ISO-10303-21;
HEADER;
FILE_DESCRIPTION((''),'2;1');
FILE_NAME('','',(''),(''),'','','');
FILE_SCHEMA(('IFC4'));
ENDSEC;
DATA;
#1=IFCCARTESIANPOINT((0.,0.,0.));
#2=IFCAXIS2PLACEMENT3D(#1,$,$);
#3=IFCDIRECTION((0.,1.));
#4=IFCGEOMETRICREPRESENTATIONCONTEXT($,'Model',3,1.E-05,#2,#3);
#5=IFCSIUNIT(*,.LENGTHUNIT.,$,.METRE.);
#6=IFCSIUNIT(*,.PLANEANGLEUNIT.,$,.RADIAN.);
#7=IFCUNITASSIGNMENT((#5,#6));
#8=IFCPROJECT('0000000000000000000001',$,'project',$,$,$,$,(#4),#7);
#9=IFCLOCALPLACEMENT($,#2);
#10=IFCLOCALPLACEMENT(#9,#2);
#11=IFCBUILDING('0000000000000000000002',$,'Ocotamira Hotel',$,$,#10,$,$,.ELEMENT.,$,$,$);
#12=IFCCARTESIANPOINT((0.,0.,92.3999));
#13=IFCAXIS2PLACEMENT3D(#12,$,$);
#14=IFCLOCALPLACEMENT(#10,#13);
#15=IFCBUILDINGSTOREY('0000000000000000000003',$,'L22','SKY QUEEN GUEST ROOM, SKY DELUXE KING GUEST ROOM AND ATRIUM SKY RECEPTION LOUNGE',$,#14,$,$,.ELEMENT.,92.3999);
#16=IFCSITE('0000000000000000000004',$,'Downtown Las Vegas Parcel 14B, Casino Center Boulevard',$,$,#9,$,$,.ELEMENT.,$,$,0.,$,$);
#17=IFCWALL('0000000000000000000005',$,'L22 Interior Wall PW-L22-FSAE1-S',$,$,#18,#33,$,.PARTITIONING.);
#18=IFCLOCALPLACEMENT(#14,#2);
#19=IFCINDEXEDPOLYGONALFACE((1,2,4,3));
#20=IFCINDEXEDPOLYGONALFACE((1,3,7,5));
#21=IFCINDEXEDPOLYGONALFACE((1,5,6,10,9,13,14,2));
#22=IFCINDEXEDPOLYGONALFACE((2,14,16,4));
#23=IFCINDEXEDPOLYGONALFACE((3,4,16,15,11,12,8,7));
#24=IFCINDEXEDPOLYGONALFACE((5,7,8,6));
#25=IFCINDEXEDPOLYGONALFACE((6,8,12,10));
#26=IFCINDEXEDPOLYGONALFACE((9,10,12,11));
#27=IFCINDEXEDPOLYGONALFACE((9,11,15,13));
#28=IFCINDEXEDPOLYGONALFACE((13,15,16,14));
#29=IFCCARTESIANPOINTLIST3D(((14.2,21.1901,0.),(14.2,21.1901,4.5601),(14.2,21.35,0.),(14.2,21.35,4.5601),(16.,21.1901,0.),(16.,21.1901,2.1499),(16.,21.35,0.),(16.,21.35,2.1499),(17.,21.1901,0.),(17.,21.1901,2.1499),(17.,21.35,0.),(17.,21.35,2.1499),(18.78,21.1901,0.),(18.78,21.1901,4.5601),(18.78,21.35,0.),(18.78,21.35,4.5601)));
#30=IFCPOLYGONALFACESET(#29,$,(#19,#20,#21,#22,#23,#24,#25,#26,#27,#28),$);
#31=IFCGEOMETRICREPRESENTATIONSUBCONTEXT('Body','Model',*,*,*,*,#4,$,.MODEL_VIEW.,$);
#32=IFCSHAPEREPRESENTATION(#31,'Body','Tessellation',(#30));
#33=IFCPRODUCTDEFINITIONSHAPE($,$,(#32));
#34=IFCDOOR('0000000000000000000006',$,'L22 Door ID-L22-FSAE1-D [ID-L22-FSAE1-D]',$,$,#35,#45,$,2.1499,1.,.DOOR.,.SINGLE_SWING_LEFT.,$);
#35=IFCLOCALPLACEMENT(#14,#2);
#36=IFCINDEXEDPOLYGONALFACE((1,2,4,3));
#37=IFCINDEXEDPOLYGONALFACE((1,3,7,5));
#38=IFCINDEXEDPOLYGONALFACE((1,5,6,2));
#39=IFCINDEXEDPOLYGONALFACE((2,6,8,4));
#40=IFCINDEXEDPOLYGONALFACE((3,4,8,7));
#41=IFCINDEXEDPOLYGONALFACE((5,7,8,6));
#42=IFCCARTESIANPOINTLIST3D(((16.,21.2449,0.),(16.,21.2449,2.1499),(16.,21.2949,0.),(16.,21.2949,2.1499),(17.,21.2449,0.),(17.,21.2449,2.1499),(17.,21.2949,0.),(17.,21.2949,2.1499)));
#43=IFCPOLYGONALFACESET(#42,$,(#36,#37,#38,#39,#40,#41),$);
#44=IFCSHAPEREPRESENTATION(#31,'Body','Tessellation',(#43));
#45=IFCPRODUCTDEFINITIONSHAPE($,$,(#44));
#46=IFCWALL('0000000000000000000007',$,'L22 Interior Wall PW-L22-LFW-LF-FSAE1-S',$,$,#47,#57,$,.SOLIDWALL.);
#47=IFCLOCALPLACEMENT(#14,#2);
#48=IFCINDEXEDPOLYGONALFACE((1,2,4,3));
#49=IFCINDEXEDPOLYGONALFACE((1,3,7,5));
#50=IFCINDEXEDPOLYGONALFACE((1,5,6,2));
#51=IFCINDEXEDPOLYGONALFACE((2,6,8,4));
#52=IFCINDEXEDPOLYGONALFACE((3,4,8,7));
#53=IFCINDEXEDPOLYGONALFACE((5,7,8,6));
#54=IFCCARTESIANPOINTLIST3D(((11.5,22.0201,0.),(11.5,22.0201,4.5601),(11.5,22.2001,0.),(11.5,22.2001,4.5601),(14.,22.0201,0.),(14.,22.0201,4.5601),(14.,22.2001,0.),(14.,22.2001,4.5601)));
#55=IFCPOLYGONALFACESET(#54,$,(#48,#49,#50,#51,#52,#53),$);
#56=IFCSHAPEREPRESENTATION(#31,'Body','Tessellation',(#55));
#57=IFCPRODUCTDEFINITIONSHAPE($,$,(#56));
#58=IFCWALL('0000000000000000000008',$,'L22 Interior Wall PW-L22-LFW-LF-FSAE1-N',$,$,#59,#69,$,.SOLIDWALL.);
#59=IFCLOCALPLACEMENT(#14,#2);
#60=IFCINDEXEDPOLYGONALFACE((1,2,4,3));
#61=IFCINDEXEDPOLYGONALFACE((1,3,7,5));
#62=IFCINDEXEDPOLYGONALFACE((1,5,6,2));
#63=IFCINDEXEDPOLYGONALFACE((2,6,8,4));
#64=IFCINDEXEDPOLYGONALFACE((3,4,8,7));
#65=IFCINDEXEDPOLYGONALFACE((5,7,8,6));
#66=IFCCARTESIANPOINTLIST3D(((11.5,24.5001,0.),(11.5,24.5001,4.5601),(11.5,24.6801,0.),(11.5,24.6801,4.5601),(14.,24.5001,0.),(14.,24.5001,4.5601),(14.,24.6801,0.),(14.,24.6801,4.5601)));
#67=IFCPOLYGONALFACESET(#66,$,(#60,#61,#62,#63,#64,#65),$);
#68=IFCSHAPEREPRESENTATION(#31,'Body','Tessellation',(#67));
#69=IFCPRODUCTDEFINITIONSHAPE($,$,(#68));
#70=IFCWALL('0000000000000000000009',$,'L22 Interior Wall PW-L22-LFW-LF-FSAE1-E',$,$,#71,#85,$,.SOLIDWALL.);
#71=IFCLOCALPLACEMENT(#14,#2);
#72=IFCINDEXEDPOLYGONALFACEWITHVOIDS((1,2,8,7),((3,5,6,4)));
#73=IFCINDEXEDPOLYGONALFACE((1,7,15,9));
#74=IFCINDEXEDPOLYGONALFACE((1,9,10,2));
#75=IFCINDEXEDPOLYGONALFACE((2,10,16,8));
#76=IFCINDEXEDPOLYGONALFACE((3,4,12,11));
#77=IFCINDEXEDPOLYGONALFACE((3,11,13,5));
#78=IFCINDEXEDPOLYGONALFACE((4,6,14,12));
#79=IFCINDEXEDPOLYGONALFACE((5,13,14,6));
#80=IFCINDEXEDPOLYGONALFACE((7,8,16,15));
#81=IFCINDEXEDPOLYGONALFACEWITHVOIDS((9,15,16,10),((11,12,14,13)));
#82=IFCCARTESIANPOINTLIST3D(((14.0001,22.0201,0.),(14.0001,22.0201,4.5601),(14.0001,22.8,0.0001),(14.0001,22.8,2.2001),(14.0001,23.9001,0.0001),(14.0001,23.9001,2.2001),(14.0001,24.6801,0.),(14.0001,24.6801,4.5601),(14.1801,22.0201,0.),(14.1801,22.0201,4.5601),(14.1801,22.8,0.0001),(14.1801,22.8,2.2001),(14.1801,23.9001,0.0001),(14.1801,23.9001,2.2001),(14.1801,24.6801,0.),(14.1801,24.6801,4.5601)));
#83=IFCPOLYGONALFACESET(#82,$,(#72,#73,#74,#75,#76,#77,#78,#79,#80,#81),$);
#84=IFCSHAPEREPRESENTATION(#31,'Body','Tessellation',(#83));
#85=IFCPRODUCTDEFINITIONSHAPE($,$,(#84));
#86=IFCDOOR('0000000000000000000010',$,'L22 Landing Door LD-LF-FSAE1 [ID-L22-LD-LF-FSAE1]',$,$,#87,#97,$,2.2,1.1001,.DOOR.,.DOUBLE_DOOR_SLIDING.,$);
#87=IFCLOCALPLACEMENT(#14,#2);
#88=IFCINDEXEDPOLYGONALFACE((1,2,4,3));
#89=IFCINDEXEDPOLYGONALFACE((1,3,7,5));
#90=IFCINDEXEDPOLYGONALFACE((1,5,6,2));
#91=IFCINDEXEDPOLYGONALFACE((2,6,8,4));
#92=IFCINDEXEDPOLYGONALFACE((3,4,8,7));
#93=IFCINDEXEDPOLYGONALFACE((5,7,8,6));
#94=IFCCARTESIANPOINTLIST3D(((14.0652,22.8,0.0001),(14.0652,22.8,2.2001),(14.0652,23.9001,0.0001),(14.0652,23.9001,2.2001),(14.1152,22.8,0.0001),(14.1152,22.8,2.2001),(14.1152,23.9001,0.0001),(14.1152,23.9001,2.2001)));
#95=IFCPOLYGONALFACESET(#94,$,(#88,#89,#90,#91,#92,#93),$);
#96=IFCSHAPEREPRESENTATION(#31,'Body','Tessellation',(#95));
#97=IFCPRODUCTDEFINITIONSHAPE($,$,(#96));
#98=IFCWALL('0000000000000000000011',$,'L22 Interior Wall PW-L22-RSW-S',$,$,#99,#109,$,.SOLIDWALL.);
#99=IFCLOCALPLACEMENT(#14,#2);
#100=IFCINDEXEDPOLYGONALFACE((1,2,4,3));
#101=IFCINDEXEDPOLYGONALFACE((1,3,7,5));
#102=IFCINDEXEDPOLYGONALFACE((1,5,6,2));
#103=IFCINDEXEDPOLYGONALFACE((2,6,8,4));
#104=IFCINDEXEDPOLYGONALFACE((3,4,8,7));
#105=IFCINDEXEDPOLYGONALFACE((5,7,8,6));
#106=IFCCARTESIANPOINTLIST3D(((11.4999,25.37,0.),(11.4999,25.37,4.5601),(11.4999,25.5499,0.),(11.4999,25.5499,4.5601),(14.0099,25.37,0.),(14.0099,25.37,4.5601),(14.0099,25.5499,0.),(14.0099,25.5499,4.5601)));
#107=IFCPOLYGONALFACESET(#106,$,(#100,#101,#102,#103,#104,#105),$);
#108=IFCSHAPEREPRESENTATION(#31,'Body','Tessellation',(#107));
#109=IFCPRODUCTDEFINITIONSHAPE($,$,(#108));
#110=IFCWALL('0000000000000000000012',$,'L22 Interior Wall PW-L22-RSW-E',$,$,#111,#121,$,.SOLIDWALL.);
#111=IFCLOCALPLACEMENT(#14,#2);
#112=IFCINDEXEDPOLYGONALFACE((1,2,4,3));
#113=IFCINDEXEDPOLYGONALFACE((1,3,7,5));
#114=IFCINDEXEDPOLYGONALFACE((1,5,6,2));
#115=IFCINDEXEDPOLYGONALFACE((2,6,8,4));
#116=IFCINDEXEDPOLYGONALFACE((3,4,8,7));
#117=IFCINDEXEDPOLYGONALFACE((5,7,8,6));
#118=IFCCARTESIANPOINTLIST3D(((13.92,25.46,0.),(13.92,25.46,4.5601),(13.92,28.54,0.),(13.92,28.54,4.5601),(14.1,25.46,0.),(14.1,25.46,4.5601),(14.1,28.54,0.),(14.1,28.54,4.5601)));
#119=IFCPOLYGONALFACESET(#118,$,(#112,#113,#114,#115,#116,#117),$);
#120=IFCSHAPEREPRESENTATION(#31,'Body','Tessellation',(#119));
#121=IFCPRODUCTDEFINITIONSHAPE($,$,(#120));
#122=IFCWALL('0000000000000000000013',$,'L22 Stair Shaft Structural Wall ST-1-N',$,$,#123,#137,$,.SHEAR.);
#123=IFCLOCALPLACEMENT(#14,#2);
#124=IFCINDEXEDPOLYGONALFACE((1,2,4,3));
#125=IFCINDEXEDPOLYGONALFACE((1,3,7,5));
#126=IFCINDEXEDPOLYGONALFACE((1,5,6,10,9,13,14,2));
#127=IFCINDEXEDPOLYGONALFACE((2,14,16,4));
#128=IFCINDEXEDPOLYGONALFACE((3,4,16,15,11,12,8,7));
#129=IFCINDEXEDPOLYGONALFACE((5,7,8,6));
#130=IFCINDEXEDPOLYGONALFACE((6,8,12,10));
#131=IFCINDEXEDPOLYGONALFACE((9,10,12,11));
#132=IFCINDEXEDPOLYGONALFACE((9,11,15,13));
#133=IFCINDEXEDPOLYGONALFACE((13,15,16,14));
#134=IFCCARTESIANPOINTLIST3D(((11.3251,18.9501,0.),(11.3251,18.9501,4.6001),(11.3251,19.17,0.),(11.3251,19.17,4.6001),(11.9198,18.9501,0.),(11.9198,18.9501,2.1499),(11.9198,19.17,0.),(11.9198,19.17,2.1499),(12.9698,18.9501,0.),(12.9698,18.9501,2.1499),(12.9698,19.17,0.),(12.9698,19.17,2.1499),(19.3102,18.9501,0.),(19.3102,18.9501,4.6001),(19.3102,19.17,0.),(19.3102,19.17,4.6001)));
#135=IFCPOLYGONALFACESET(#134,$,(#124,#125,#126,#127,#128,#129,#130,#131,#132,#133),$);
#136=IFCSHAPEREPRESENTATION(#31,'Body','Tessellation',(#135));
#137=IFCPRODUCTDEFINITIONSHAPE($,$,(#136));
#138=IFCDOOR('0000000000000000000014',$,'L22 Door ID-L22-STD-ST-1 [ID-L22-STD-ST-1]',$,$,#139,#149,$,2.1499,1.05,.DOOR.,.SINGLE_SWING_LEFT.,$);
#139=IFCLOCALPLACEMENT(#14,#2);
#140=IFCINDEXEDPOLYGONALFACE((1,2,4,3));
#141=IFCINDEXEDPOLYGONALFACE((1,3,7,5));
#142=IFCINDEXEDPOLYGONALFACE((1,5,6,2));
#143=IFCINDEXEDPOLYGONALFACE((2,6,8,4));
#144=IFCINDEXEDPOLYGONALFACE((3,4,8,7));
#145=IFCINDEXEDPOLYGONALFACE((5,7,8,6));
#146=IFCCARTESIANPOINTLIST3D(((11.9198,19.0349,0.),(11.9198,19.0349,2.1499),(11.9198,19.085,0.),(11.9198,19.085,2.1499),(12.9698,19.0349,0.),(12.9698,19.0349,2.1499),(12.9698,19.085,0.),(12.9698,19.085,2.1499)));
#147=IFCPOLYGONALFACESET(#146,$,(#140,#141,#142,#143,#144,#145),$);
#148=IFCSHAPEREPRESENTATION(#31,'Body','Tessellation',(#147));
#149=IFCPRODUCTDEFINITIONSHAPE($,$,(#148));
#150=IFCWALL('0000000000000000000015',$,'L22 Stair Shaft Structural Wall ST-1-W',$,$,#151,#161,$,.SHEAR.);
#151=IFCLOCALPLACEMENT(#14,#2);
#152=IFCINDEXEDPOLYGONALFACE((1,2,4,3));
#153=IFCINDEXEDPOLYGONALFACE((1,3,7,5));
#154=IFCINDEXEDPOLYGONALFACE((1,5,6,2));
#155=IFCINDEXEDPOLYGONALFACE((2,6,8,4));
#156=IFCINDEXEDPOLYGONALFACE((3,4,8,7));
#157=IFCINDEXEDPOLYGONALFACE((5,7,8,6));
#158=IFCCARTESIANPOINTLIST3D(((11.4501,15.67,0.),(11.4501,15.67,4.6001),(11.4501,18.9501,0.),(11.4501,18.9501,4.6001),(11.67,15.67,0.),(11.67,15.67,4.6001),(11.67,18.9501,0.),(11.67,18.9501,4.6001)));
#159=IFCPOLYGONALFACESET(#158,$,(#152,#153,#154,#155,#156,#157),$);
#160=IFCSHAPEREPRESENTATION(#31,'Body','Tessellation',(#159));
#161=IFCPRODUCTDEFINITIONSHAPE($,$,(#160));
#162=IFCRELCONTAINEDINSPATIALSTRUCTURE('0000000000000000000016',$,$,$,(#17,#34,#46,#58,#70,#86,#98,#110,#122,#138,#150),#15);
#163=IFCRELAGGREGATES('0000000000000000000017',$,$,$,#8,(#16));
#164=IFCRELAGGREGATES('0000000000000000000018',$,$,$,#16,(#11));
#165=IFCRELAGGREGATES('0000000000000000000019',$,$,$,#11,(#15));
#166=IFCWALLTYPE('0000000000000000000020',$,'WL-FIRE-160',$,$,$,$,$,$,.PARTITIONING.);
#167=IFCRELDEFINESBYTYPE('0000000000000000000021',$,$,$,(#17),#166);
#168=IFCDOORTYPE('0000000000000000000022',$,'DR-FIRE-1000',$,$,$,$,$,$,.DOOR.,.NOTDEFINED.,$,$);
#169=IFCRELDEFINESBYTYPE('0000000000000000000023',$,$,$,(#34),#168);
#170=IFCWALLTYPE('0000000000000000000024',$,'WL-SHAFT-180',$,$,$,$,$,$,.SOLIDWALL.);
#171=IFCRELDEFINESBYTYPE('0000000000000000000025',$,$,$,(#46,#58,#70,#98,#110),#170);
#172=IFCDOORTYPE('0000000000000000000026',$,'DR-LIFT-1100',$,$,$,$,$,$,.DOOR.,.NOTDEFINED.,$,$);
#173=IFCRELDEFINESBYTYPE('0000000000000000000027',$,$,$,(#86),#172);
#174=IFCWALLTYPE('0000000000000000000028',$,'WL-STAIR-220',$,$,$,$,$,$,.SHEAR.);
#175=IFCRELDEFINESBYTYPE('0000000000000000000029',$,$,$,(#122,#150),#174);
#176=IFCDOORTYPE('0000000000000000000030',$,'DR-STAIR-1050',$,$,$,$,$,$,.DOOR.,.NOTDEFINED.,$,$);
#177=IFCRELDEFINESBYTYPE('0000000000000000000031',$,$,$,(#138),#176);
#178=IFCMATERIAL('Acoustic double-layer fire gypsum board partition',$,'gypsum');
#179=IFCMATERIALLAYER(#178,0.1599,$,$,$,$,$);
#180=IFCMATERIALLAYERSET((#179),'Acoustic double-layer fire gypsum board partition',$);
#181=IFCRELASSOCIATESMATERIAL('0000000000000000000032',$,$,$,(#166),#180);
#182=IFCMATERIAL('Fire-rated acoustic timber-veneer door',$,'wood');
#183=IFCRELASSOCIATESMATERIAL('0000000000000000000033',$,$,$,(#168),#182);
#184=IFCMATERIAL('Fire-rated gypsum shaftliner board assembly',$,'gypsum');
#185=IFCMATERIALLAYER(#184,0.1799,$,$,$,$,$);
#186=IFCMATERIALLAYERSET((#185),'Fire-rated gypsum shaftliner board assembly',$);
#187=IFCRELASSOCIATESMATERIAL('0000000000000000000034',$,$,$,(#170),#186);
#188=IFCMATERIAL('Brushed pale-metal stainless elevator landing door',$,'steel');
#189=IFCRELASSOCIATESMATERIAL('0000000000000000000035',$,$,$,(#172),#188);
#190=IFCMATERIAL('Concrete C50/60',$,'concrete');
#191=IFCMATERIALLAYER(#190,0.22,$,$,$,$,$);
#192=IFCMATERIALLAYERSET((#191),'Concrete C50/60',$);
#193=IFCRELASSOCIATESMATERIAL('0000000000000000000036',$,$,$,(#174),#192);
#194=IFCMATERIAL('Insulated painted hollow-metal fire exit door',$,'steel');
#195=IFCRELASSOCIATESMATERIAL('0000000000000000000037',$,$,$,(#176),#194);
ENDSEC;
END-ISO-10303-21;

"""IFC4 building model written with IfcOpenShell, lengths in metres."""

from ifc_helpers import new_model, si_unit, direction, frame, frame_2d, origin, place, context, subcontext, project, spatial, rectangle, extrude, source, transform, mapped, material, layer, layer_set, type_object, element, fill, save


model = new_model("IFC4")

# Units and contexts
model_context = context("Model", 3, precision=1e-05, world=origin(), true_north=direction((0.0, 1.0)))
body_context = subcontext(model_context, "Body", "Model", "MODEL_VIEW")
ifc_project = project(units=[si_unit("LENGTHUNIT", "METRE"), si_unit("PLANEANGLEUNIT", "RADIAN")], contexts=[model_context])

# Site, building, storey
site_placement = place(None, origin())
site = spatial("IfcSite", under=ifc_project, at=site_placement, Name="Downtown Las Vegas Parcel 14B, Casino Center Boulevard", CompositionType="ELEMENT", RefElevation=0.0)
building_placement = place(site_placement, origin())
building = spatial("IfcBuilding", under=site, at=building_placement, Name="Ocotamira Hotel", CompositionType="ELEMENT")
storey_placement = place(building_placement, frame((0.0, 0.0, 92.3999)))
storey = spatial("IfcBuildingStorey", under=building, at=storey_placement, Name="L22", Description="SKY QUEEN GUEST ROOM, SKY DELUXE KING GUEST ROOM AND ATRIUM SKY RECEPTION LOUNGE", CompositionType="ELEMENT", Elevation=92.3999)

# Wall, opening, door
ifc_material_1 = material(Name="Acoustic double-layer fire gypsum board partition", Category="gypsum")
ifc_layer_1 = layer(ifc_material_1, 0.1599)
ifc_layer_set_1 = layer_set([ifc_layer_1], Name="Acoustic double-layer fire gypsum board partition")
wall_type_1 = type_object("IfcWallType", Name="WL-FIRE-160", PredefinedType="PARTITIONING", material=ifc_layer_set_1)
wall_1_placement = place(storey_placement, frame((14.2, 21.27, 0.0), z_axis=(0.0, 0.0, 1.0), x_axis=(1.0, 0.0, 0.0)))
wall_1 = element("IfcWall", 1, at=wall_1_placement, inside=storey, type_object=wall_type_1, Name="L22 Interior Wall PW-L22-FSAE1-S", PredefinedType="PARTITIONING", context=body_context, shape_type="SweptSolid", body=[
    extrude(rectangle(XDim=4.5801, YDim=0.1599, at=frame_2d((2.29, 0.0))), origin(), (0.0, 0.0, 1.0), 4.5601),
])
opening_1_placement = place(wall_1_placement, frame((1.8, 0.0, 0.0)))
opening_1 = element("IfcOpeningElement", 2, at=opening_1_placement, cuts=wall_1, PredefinedType="OPENING", context=body_context, shape_type="SweptSolid", body=[
    extrude(rectangle(XDim=1.0, YDim=2.1499, at=frame_2d((0.5, 1.075))), frame((0.0, 0.0898, 0.0), z_axis=(0.0, -1.0, 0.0), x_axis=(1.0, 0.0, 0.0)), (0.0, 0.0, 1.0), 0.1799),
])
ifc_material_2 = material(Name="Fire-rated acoustic timber-veneer door", Category="wood")
door_type_1 = type_object("IfcDoorType", Name="DR-FIRE-1000", OperationType="NOTDEFINED", PredefinedType="DOOR", material=ifc_material_2)
shared_shape_1 = source(origin(), body_context, "Body", "SweptSolid", [
    extrude(rectangle(XDim=1.0, YDim=2.1499, at=frame_2d((0.5, 1.075))), frame((0.0, 0.0249, 0.0), z_axis=(0.0, -1.0, 0.0), x_axis=(1.0, 0.0, 0.0)), (0.0, 0.0, 1.0), 0.05),
])
door_1_placement = place(opening_1_placement, origin())
door_1 = element("IfcDoor", 3, at=door_1_placement, inside=storey, type_object=door_type_1, Name="L22 Door ID-L22-FSAE1-D [ID-L22-FSAE1-D]", OperationType="SINGLE_SWING_LEFT", OverallHeight=2.1499, OverallWidth=1.0, PredefinedType="DOOR", context=body_context, shape_type="MappedRepresentation", body=[
    mapped(shared_shape_1, transform((0.0, 0.0, 0.0), scale=1.0)),
])
fill(opening_1, door_1)

# Walls
ifc_material_3 = material(Name="Fire-rated gypsum shaftliner board assembly", Category="gypsum")
ifc_layer_2 = layer(ifc_material_3, 0.1799)
ifc_layer_set_2 = layer_set([ifc_layer_2], Name="Fire-rated gypsum shaftliner board assembly")
wall_type_2 = type_object("IfcWallType", Name="WL-SHAFT-180", PredefinedType="SOLIDWALL", material=ifc_layer_set_2)
for number, where, z_axis, x_axis, name in (
    (4, (11.5, 22.1101, 0.0), (0.0, 0.0, 1.0), (1.0, 0.0, 0.0), "L22 Interior Wall PW-L22-LFW-LF-FSAE1-S"),
    (5, (11.5, 24.5901, 0.0), (0.0, 0.0, 1.0), (1.0, 0.0, 0.0), "L22 Interior Wall PW-L22-LFW-LF-FSAE1-N"),
):
    element("IfcWall", number, at=place(storey_placement, frame(where, z_axis=z_axis, x_axis=x_axis)), inside=storey, type_object=wall_type_2, Name=name, PredefinedType="SOLIDWALL", context=body_context, shape_type="SweptSolid", body=[
        extrude(rectangle(XDim=2.5, YDim=0.1799, at=frame_2d((1.25, 0.0))), origin(), (0.0, 0.0, 1.0), 4.5601),
    ])

# Wall, opening, door
wall_2_placement = place(storey_placement, frame((14.0901, 22.02, 0.0), z_axis=(0.0, 0.0, 1.0), x_axis=(0.0, 1.0, 0.0)))
wall_2 = element("IfcWall", 6, at=wall_2_placement, inside=storey, type_object=wall_type_2, Name="L22 Interior Wall PW-L22-LFW-LF-FSAE1-E", PredefinedType="SOLIDWALL", context=body_context, shape_type="SweptSolid", body=[
    extrude(rectangle(XDim=2.6599, YDim=0.1799, at=frame_2d((1.3301, 0.0))), origin(), (0.0, 0.0, 1.0), 4.5601),
])
opening_2_placement = place(wall_2_placement, frame((0.78, 0.0, 0.0)))
opening_2 = element("IfcOpeningElement", 7, at=opening_2_placement, cuts=wall_2, PredefinedType="OPENING", context=body_context, shape_type="SweptSolid", body=[
    extrude(rectangle(XDim=1.1001, YDim=2.2, at=frame_2d((0.55, 1.1001))), frame((0.0, 0.1001, 0.0), z_axis=(0.0, -1.0, 0.0), x_axis=(1.0, 0.0, 0.0)), (0.0, 0.0, 1.0), 0.2),
])
ifc_material_4 = material(Name="Brushed pale-metal stainless elevator landing door", Category="steel")
door_type_2 = type_object("IfcDoorType", Name="DR-LIFT-1100", OperationType="NOTDEFINED", PredefinedType="DOOR", material=ifc_material_4)
shared_shape_2 = source(origin(), body_context, "Body", "SweptSolid", [
    extrude(rectangle(XDim=1.1001, YDim=2.2, at=frame_2d((0.55, 1.1001))), frame((0.0, 0.0249, 0.0), z_axis=(0.0, -1.0, 0.0), x_axis=(1.0, 0.0, 0.0)), (0.0, 0.0, 1.0), 0.05),
])
door_2_placement = place(opening_2_placement, origin())
door_2 = element("IfcDoor", 8, at=door_2_placement, inside=storey, type_object=door_type_2, Name="L22 Landing Door LD-LF-FSAE1 [ID-L22-LD-LF-FSAE1]", OperationType="DOUBLE_DOOR_SLIDING", OverallHeight=2.2, OverallWidth=1.1001, PredefinedType="DOOR", context=body_context, shape_type="MappedRepresentation", body=[
    mapped(shared_shape_2, transform((0.0, 0.0, 0.0), scale=1.0)),
])
fill(opening_2, door_2)

# Walls
wall_3_placement = place(storey_placement, frame((11.5, 25.46, 0.0), z_axis=(0.0, 0.0, 1.0), x_axis=(1.0, 0.0, 0.0)))
element("IfcWall", 9, at=wall_3_placement, inside=storey, type_object=wall_type_2, Name="L22 Interior Wall PW-L22-RSW-S", PredefinedType="SOLIDWALL", context=body_context, shape_type="SweptSolid", body=[
    extrude(rectangle(XDim=2.51, YDim=0.1799, at=frame_2d((1.2549, 0.0))), origin(), (0.0, 0.0, 1.0), 4.5601),
])
wall_4_placement = place(storey_placement, frame((14.01, 25.46, 0.0), z_axis=(0.0, 0.0, 1.0), x_axis=(0.0, 1.0, 0.0)))
element("IfcWall", 10, at=wall_4_placement, inside=storey, type_object=wall_type_2, Name="L22 Interior Wall PW-L22-RSW-E", PredefinedType="SOLIDWALL", context=body_context, shape_type="SweptSolid", body=[
    extrude(rectangle(XDim=3.0801, YDim=0.1799, at=frame_2d((1.54, 0.0))), origin(), (0.0, 0.0, 1.0), 4.5601),
])

# Wall, opening, door
ifc_material_5 = material(Name="Concrete C50/60", Category="concrete")
ifc_layer_3 = layer(ifc_material_5, 0.22)
ifc_layer_set_3 = layer_set([ifc_layer_3], Name="Concrete C50/60")
wall_type_3 = type_object("IfcWallType", Name="WL-STAIR-220", PredefinedType="SHEAR", material=ifc_layer_set_3)
wall_5_placement = place(storey_placement, frame((11.325, 19.0601, 0.0), z_axis=(0.0, 0.0, 1.0), x_axis=(1.0, 0.0, 0.0)))
wall_5 = element("IfcWall", 11, at=wall_5_placement, inside=storey, type_object=wall_type_3, Name="L22 Stair Shaft Structural Wall ST-1-N", PredefinedType="SHEAR", context=body_context, shape_type="SweptSolid", body=[
    extrude(rectangle(XDim=7.9851, YDim=0.22, at=frame_2d((3.9927, 0.0))), origin(), (0.0, 0.0, 1.0), 4.6001),
])
opening_3_placement = place(wall_5_placement, frame((0.595, 0.0, 0.0)))
opening_3 = element("IfcOpeningElement", 12, at=opening_3_placement, cuts=wall_5, PredefinedType="OPENING", context=body_context, shape_type="SweptSolid", body=[
    extrude(rectangle(XDim=1.05, YDim=2.1499, at=frame_2d((0.5249, 1.075))), frame((0.0, 0.1201, 0.0), z_axis=(0.0, -1.0, 0.0), x_axis=(1.0, 0.0, 0.0)), (0.0, 0.0, 1.0), 0.24),
])
ifc_material_6 = material(Name="Insulated painted hollow-metal fire exit door", Category="steel")
door_type_3 = type_object("IfcDoorType", Name="DR-STAIR-1050", OperationType="NOTDEFINED", PredefinedType="DOOR", material=ifc_material_6)
shared_shape_3 = source(origin(), body_context, "Body", "SweptSolid", [
    extrude(rectangle(XDim=1.05, YDim=2.1499, at=frame_2d((0.5249, 1.075))), frame((0.0, 0.0249, 0.0), z_axis=(0.0, -1.0, 0.0), x_axis=(1.0, 0.0, 0.0)), (0.0, 0.0, 1.0), 0.05),
])
door_3_placement = place(opening_3_placement, origin())
door_3 = element("IfcDoor", 13, at=door_3_placement, inside=storey, type_object=door_type_3, Name="L22 Door ID-L22-STD-ST-1 [ID-L22-STD-ST-1]", OperationType="SINGLE_SWING_LEFT", OverallHeight=2.1499, OverallWidth=1.05, PredefinedType="DOOR", context=body_context, shape_type="MappedRepresentation", body=[
    mapped(shared_shape_3, transform((0.0, 0.0, 0.0), scale=1.0)),
])
fill(opening_3, door_3)

# Wall
wall_6_placement = place(storey_placement, frame((11.5601, 15.6699, 0.0), z_axis=(0.0, 0.0, 1.0), x_axis=(0.0, 1.0, 0.0)))
element("IfcWall", 14, at=wall_6_placement, inside=storey, type_object=wall_type_3, Name="L22 Stair Shaft Structural Wall ST-1-W", PredefinedType="SHEAR", context=body_context, shape_type="SweptSolid", body=[
    extrude(rectangle(XDim=3.28, YDim=0.22, at=frame_2d((1.6401, 0.0))), origin(), (0.0, 0.0, 1.0), 4.6001),
])

save(model, "model.ifc")
